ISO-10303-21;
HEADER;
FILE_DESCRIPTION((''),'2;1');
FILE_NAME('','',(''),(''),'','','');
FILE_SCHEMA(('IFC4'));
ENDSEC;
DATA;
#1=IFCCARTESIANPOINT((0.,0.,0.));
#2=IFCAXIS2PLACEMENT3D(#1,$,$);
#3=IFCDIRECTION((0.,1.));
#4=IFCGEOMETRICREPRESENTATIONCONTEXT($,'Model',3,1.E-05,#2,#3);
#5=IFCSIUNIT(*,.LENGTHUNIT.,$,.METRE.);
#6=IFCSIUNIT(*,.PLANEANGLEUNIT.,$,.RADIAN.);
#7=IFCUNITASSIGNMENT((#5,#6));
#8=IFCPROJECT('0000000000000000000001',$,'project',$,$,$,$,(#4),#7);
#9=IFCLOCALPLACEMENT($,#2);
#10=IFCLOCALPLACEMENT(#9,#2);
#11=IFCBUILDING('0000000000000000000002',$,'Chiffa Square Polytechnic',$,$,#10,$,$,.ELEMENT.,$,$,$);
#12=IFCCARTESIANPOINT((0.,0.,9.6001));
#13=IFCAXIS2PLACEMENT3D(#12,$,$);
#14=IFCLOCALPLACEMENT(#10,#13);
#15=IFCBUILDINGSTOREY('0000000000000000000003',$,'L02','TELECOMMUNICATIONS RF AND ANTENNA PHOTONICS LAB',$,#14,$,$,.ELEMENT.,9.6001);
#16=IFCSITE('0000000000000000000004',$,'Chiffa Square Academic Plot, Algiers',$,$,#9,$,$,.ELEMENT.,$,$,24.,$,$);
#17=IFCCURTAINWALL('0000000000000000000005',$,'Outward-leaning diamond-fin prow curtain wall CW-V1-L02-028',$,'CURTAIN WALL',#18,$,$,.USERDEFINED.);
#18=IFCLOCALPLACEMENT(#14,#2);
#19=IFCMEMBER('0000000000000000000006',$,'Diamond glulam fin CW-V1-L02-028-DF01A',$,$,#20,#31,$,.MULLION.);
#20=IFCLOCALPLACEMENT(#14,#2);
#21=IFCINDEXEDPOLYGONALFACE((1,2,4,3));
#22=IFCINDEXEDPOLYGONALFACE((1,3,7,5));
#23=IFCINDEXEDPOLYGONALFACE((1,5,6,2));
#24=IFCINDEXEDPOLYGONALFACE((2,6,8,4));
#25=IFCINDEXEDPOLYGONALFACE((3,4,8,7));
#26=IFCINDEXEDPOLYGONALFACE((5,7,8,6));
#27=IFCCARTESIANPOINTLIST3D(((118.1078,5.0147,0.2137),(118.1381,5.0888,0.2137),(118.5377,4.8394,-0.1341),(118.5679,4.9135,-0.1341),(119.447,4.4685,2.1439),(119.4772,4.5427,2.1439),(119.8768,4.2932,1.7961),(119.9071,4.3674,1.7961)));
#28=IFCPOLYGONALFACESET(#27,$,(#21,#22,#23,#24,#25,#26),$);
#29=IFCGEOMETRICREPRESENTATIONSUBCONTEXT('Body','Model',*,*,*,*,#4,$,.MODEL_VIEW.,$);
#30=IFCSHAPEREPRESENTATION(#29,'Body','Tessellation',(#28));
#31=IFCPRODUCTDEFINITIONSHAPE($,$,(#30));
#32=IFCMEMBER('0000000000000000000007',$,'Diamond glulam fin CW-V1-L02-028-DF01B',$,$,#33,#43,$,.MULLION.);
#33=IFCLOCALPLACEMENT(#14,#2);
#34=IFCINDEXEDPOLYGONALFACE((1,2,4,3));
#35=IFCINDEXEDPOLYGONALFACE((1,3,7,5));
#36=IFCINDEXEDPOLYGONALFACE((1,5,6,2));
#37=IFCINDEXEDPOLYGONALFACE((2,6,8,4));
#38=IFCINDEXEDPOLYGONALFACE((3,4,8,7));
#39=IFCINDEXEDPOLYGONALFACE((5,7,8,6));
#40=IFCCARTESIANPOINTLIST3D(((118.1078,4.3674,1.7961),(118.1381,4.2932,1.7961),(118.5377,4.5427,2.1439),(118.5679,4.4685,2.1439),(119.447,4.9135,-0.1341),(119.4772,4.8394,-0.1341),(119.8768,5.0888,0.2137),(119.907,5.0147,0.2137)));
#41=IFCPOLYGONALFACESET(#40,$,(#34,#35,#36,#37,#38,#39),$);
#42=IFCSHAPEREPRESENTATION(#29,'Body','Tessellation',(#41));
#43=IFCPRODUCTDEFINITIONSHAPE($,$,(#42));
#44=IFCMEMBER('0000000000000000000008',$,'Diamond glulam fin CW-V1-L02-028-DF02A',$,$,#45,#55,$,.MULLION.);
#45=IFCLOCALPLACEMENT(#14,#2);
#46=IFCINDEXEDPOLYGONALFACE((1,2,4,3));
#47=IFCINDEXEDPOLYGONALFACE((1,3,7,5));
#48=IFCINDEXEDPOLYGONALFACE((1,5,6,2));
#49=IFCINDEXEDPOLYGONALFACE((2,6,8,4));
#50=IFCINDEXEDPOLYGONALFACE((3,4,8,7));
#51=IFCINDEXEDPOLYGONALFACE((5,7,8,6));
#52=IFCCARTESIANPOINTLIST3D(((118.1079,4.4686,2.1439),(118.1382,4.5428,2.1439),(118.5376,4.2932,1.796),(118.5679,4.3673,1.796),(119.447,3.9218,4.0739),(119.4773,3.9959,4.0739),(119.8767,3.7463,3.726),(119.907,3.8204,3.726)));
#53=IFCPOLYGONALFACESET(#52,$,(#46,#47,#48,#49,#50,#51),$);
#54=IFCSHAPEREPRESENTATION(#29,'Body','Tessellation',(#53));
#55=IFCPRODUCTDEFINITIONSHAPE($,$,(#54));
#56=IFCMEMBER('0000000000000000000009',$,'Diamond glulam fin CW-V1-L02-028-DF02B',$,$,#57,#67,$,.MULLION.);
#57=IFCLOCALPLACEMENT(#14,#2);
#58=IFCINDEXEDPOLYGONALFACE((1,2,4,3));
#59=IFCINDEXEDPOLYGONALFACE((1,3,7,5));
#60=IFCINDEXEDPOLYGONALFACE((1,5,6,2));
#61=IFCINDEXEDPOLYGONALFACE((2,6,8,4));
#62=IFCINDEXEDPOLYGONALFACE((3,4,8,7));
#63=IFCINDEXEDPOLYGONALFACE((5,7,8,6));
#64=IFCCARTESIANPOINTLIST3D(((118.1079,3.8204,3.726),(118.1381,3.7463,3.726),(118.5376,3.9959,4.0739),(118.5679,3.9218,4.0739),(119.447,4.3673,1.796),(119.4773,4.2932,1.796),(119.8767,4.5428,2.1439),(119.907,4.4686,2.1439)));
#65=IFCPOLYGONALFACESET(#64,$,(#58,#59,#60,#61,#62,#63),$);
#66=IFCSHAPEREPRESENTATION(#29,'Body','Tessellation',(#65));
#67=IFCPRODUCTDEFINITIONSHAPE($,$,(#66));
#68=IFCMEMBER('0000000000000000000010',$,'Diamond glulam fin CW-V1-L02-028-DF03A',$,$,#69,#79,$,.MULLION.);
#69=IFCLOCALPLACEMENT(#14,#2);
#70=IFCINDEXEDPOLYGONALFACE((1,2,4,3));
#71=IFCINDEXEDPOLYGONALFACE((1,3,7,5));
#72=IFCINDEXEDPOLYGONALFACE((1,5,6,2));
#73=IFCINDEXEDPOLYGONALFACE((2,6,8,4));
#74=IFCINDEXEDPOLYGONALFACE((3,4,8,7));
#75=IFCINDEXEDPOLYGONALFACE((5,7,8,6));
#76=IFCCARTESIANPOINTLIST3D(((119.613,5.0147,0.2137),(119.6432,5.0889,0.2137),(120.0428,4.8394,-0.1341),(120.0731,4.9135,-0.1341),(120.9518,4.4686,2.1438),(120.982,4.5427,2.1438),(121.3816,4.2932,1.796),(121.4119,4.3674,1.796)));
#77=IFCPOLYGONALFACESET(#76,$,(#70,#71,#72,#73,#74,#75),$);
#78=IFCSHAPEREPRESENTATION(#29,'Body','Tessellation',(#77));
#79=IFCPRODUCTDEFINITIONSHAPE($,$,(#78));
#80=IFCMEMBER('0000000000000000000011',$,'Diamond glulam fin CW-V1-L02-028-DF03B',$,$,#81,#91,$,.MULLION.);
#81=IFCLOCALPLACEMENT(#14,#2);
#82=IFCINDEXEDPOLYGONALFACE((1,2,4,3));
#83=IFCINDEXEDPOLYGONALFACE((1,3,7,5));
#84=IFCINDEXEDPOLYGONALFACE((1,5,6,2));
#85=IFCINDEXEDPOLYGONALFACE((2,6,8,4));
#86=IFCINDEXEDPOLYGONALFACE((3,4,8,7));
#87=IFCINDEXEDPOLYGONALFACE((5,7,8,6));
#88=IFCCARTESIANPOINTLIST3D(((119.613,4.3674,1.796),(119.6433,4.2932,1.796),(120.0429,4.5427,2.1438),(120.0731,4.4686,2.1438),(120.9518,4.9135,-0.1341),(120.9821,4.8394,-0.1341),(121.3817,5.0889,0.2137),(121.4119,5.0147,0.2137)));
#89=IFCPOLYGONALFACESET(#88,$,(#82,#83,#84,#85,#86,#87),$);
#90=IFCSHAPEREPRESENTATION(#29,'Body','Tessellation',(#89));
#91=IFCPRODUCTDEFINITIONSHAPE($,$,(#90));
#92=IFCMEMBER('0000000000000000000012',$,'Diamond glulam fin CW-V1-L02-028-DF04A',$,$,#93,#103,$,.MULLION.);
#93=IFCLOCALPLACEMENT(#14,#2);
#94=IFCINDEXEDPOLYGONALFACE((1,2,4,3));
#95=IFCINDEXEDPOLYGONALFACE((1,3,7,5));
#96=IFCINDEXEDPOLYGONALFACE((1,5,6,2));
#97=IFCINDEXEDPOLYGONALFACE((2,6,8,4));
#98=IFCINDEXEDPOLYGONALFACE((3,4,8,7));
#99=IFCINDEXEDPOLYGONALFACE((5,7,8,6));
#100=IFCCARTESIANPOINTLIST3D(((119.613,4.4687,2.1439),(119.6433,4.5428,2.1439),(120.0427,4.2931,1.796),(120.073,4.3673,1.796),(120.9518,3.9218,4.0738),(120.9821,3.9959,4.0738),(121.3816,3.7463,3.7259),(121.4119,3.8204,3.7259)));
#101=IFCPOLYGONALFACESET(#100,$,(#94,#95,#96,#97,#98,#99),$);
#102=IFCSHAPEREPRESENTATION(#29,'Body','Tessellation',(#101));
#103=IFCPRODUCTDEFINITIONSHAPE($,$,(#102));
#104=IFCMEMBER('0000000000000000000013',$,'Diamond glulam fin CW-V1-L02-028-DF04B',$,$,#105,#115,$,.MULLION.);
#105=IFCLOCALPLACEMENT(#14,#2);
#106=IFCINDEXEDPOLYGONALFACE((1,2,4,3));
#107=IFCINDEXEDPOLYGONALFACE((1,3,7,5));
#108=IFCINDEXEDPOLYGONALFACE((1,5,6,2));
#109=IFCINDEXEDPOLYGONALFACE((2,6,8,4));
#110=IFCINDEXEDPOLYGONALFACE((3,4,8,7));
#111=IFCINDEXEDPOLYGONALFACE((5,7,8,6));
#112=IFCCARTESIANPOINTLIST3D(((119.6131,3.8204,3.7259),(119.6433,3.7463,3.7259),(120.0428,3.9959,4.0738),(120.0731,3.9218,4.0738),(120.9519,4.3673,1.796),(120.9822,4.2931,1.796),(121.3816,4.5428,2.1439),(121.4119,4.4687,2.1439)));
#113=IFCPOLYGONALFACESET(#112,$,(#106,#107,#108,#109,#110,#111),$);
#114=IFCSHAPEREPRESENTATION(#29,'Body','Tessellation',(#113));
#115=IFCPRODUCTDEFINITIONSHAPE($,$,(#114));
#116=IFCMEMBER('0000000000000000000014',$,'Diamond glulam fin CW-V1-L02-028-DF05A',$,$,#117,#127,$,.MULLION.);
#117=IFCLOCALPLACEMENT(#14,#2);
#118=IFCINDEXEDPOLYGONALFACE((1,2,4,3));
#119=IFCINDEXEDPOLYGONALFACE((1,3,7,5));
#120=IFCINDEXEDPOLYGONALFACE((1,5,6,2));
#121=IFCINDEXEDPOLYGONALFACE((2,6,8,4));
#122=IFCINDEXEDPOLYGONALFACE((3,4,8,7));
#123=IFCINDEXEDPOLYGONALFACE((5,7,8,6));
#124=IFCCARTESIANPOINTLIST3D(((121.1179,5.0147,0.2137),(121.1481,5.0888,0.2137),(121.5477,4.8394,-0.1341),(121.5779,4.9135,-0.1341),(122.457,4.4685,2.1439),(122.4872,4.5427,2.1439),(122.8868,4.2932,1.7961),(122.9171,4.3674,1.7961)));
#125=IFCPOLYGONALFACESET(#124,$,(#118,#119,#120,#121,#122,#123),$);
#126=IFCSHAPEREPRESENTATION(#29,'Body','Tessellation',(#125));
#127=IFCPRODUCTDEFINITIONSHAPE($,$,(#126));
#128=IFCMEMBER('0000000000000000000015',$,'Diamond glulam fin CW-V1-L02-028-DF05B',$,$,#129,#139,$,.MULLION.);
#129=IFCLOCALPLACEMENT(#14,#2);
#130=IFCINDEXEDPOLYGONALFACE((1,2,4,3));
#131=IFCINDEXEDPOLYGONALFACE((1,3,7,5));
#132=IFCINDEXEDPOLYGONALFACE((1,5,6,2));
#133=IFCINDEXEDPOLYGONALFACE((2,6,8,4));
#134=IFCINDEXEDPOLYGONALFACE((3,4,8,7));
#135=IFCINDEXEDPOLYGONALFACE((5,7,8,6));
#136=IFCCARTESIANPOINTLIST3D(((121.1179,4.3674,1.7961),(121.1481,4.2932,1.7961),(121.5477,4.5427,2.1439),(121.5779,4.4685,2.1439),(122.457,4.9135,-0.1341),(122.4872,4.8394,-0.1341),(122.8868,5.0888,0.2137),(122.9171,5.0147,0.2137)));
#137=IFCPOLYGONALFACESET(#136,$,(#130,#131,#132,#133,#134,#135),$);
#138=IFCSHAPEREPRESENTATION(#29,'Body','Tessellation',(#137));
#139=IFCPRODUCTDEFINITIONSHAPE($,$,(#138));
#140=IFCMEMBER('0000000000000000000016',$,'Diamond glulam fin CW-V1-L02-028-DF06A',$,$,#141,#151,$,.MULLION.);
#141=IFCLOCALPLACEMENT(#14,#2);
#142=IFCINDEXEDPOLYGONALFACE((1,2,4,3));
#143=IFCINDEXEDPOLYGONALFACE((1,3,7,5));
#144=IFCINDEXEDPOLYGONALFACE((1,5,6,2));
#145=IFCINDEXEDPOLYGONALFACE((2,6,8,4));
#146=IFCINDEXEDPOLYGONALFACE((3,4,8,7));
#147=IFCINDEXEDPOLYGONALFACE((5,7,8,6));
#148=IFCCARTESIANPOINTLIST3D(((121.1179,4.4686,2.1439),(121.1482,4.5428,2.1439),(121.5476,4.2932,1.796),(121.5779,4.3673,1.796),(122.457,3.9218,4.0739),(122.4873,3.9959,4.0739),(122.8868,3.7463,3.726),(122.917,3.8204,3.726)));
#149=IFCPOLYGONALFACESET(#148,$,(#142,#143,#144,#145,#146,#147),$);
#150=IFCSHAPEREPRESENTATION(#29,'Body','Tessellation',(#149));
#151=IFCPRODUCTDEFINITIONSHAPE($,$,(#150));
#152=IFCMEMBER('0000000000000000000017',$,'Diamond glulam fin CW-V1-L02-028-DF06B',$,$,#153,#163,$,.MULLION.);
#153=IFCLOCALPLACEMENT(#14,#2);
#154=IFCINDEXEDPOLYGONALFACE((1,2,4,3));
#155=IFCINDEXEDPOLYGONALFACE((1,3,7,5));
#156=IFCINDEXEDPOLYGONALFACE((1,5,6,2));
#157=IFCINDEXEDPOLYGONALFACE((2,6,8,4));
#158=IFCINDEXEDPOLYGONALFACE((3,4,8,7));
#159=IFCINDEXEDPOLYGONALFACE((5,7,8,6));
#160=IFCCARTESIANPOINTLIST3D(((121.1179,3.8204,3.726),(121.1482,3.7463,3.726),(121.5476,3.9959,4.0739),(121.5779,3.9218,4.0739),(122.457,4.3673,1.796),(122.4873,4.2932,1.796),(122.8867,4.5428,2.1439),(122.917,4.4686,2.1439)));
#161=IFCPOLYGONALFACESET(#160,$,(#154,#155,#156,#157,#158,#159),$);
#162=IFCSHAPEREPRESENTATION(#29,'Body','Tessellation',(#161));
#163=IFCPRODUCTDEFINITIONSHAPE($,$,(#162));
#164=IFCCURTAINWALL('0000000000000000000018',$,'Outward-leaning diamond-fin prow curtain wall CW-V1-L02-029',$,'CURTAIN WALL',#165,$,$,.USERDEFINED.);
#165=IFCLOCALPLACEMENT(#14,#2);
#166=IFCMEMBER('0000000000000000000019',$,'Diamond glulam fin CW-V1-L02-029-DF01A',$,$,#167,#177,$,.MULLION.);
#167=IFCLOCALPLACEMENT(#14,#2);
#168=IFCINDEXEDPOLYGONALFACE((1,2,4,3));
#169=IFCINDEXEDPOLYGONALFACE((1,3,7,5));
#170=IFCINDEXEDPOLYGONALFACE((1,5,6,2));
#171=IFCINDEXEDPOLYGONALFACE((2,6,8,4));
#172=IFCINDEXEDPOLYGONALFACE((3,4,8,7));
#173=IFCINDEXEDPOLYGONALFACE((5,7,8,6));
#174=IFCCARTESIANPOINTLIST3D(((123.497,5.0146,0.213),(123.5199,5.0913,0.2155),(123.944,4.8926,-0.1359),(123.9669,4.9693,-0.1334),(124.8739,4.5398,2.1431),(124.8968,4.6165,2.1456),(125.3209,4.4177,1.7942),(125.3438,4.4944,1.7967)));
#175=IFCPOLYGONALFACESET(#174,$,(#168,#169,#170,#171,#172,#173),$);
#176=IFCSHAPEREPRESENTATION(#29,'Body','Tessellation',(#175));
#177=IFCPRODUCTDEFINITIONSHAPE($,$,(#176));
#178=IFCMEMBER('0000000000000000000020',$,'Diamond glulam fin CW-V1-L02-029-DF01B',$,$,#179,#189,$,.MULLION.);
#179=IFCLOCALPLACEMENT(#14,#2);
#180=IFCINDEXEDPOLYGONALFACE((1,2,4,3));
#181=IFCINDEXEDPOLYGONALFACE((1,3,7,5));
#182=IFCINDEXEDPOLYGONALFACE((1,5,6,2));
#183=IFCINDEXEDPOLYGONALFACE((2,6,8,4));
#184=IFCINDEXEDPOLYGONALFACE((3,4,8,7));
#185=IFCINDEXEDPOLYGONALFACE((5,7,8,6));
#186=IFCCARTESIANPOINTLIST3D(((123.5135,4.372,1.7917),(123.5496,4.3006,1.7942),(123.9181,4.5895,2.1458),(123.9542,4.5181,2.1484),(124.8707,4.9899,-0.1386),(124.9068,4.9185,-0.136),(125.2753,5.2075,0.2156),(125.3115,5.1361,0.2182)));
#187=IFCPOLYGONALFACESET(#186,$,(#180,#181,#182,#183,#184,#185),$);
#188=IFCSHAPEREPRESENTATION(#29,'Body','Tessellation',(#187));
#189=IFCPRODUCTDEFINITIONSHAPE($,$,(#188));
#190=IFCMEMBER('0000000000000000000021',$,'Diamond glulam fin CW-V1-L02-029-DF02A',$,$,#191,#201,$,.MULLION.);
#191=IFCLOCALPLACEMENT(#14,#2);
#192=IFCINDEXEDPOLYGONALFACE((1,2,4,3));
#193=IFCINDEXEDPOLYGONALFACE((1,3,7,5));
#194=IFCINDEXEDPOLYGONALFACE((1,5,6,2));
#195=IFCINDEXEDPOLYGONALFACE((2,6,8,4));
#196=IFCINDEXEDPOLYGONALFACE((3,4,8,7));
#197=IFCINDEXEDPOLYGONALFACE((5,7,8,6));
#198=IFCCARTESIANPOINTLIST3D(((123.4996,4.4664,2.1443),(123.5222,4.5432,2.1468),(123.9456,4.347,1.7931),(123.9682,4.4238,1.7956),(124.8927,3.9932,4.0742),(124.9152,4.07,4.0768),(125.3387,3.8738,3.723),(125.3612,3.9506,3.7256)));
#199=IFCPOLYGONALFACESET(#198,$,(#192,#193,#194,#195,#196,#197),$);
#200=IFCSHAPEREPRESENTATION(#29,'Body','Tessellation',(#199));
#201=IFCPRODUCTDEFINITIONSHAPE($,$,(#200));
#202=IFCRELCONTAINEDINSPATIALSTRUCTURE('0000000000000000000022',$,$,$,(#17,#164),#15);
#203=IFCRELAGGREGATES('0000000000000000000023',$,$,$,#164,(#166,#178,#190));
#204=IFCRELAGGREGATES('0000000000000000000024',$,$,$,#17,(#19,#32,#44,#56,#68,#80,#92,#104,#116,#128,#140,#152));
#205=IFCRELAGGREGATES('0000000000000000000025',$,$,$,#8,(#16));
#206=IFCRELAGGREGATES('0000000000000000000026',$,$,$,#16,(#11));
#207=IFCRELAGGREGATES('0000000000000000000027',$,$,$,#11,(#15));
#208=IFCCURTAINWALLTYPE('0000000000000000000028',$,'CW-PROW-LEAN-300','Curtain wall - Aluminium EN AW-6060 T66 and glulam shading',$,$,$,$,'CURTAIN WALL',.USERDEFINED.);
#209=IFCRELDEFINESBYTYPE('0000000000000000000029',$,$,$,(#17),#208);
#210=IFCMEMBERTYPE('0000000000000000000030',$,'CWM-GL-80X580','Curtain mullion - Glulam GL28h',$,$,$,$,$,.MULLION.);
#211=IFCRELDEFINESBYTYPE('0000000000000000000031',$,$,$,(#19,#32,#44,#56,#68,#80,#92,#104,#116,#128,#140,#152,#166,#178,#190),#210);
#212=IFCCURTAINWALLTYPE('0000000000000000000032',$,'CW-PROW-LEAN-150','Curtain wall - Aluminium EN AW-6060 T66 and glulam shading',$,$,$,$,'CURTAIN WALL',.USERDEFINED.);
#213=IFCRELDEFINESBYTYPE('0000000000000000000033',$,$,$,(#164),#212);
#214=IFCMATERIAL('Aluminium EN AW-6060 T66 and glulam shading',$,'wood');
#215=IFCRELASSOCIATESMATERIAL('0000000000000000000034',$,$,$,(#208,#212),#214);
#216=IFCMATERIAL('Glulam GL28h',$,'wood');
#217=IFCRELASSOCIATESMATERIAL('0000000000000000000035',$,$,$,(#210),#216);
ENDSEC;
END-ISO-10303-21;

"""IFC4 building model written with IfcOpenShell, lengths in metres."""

from ifc_helpers import new_model, si_unit, direction, frame, origin, origin_2d, place, context, subcontext, project, spatial, rectangle, extrude, material, material_profile, profile_set, type_object, element, aggregate, save


model = new_model("IFC4")

# Units and contexts
model_context = context("Model", 3, precision=1e-05, world=origin(), true_north=direction((0.0, 1.0)))
body_context = subcontext(model_context, "Body", "Model", "MODEL_VIEW")
ifc_project = project(units=[si_unit("LENGTHUNIT", "METRE"), si_unit("PLANEANGLEUNIT", "RADIAN")], contexts=[model_context])

# Site, building, storey
site_placement = place(None, origin())
site = spatial("IfcSite", under=ifc_project, at=site_placement, Name="Chiffa Square Academic Plot, Algiers", CompositionType="ELEMENT", RefElevation=24.0)
building_placement = place(site_placement, origin())
building = spatial("IfcBuilding", under=site, at=building_placement, Name="Chiffa Square Polytechnic", CompositionType="ELEMENT")
storey_placement = place(building_placement, frame((0.0, 0.0, 9.6001)))
storey = spatial("IfcBuildingStorey", under=building, at=storey_placement, Name="L02", Description="TELECOMMUNICATIONS RF AND ANTENNA PHOTONICS LAB", CompositionType="ELEMENT", Elevation=9.6001)

# Curtain wall, members
ifc_material_1 = material(Name="Aluminium EN AW-6060 T66 and glulam shading", Category="wood")
curtain_wall_type_1 = type_object("IfcCurtainWallType", Name="CW-PROW-LEAN-300", Description="Curtain wall - Aluminium EN AW-6060 T66 and glulam shading", ElementType="CURTAIN WALL", PredefinedType="USERDEFINED", material=ifc_material_1)
curtain_wall_1_placement = place(storey_placement, origin())
curtain_wall_1 = element("IfcCurtainWall", 1, at=curtain_wall_1_placement, inside=storey, type_object=curtain_wall_type_1, Name="Outward-leaning diamond-fin prow curtain wall CW-V1-L02-028", ObjectType="CURTAIN WALL", PredefinedType="USERDEFINED")
ifc_material_2 = material(Name="Glulam GL28h", Category="wood")
ifc_material_profile_1 = material_profile(ifc_material_2, rectangle(XDim=0.0801, YDim=0.5801, at=origin_2d()), Name="GL28h 80x580")
ifc_profile_set_1 = profile_set([ifc_material_profile_1], Name="Glulam GL28h")
member_type_1 = type_object("IfcMemberType", Name="CWM-GL-80X580", Description="Curtain mullion - Glulam GL28h", PredefinedType="MULLION", material=ifc_profile_set_1)
member_1_placement = place(storey_placement, frame((118.3379, 4.9641, 0.0398), z_axis=(0.555219, -0.22644, 0.800285), x_axis=(0.37764, 0.925952, 0.0)))
member_1 = element("IfcMember", 2, at=member_1_placement, type_object=member_type_1, Name="Diamond glulam fin CW-V1-L02-028-DF01A", PredefinedType="MULLION", context=body_context, shape_type="SweptSolid", body=[
    extrude(rectangle(XDim=0.0801, YDim=0.5801, at=origin_2d()), origin(), (0.0, 0.0, 1.0), 2.4119),
])
member_2_placement = place(storey_placement, frame((119.677, 4.9641, 0.0398), z_axis=(-0.555219, -0.22644, 0.800285), x_axis=(0.37764, -0.925952, 0.0)))
member_2 = element("IfcMember", 3, at=member_2_placement, type_object=member_type_1, Name="Diamond glulam fin CW-V1-L02-028-DF01B", PredefinedType="MULLION", context=body_context, shape_type="SweptSolid", body=[
    extrude(rectangle(XDim=0.0801, YDim=0.5801, at=origin_2d()), origin(), (0.0, 0.0, 1.0), 2.4119),
])
member_3_placement = place(storey_placement, frame((118.3379, 4.418, 1.97), z_axis=(0.555226, -0.226747, 0.800194), x_axis=(0.378074, 0.925775, 0.0)))
member_3 = element("IfcMember", 4, at=member_3_placement, type_object=member_type_1, Name="Diamond glulam fin CW-V1-L02-028-DF02A", PredefinedType="MULLION", context=body_context, shape_type="SweptSolid", body=[
    extrude(rectangle(XDim=0.0801, YDim=0.5801, at=origin_2d()), origin(), (0.0, 0.0, 1.0), 2.4119),
])
member_4_placement = place(storey_placement, frame((119.677, 4.418, 1.97), z_axis=(-0.555226, -0.226747, 0.800194), x_axis=(0.378074, -0.925775, 0.0)))
member_4 = element("IfcMember", 5, at=member_4_placement, type_object=member_type_1, Name="Diamond glulam fin CW-V1-L02-028-DF02B", PredefinedType="MULLION", context=body_context, shape_type="SweptSolid", body=[
    extrude(rectangle(XDim=0.0801, YDim=0.5801, at=origin_2d()), origin(), (0.0, 0.0, 1.0), 2.4119),
])
member_5_placement = place(storey_placement, frame((119.843, 4.9641, 0.0398), z_axis=(0.555149, -0.226453, 0.80033), x_axis=(0.377699, 0.925928, 0.0)))
member_5 = element("IfcMember", 6, at=member_5_placement, type_object=member_type_1, Name="Diamond glulam fin CW-V1-L02-028-DF03A", PredefinedType="MULLION", context=body_context, shape_type="SweptSolid", body=[
    extrude(rectangle(XDim=0.0801, YDim=0.5801, at=origin_2d()), origin(), (0.0, 0.0, 1.0), 2.4116),
])
member_6_placement = place(storey_placement, frame((121.1819, 4.9641, 0.0398), z_axis=(-0.555149, -0.226453, 0.80033), x_axis=(0.377699, -0.925928, 0.0)))
member_6 = element("IfcMember", 7, at=member_6_placement, type_object=member_type_1, Name="Diamond glulam fin CW-V1-L02-028-DF03B", PredefinedType="MULLION", context=body_context, shape_type="SweptSolid", body=[
    extrude(rectangle(XDim=0.0801, YDim=0.5801, at=origin_2d()), origin(), (0.0, 0.0, 1.0), 2.4116),
])
member_7_placement = place(storey_placement, frame((119.843, 4.418, 1.97), z_axis=(0.555156, -0.22676, 0.800239), x_axis=(0.378133, 0.925751, 0.0)))
member_7 = element("IfcMember", 8, at=member_7_placement, type_object=member_type_1, Name="Diamond glulam fin CW-V1-L02-028-DF04A", PredefinedType="MULLION", context=body_context, shape_type="SweptSolid", body=[
    extrude(rectangle(XDim=0.0801, YDim=0.5801, at=origin_2d()), origin(), (0.0, 0.0, 1.0), 2.4116),
])
member_8_placement = place(storey_placement, frame((121.1819, 4.418, 1.97), z_axis=(-0.555156, -0.22676, 0.800239), x_axis=(0.378133, -0.925751, 0.0)))
member_8 = element("IfcMember", 9, at=member_8_placement, type_object=member_type_1, Name="Diamond glulam fin CW-V1-L02-028-DF04B", PredefinedType="MULLION", context=body_context, shape_type="SweptSolid", body=[
    extrude(rectangle(XDim=0.0801, YDim=0.5801, at=origin_2d()), origin(), (0.0, 0.0, 1.0), 2.4116),
])
member_9_placement = place(storey_placement, frame((121.3479, 4.9641, 0.0398), z_axis=(0.555219, -0.22644, 0.800285), x_axis=(0.37764, 0.925952, 0.0)))
member_9 = element("IfcMember", 10, at=member_9_placement, type_object=member_type_1, Name="Diamond glulam fin CW-V1-L02-028-DF05A", PredefinedType="MULLION", context=body_context, shape_type="SweptSolid", body=[
    extrude(rectangle(XDim=0.0801, YDim=0.5801, at=origin_2d()), origin(), (0.0, 0.0, 1.0), 2.4119),
])
member_10_placement = place(storey_placement, frame((122.687, 4.9641, 0.0398), z_axis=(-0.555219, -0.22644, 0.800285), x_axis=(0.37764, -0.925952, 0.0)))
member_10 = element("IfcMember", 11, at=member_10_placement, type_object=member_type_1, Name="Diamond glulam fin CW-V1-L02-028-DF05B", PredefinedType="MULLION", context=body_context, shape_type="SweptSolid", body=[
    extrude(rectangle(XDim=0.0801, YDim=0.5801, at=origin_2d()), origin(), (0.0, 0.0, 1.0), 2.4119),
])
member_11_placement = place(storey_placement, frame((121.3479, 4.418, 1.97), z_axis=(0.555226, -0.226747, 0.800194), x_axis=(0.378074, 0.925775, 0.0)))
member_11 = element("IfcMember", 12, at=member_11_placement, type_object=member_type_1, Name="Diamond glulam fin CW-V1-L02-028-DF06A", PredefinedType="MULLION", context=body_context, shape_type="SweptSolid", body=[
    extrude(rectangle(XDim=0.0801, YDim=0.5801, at=origin_2d()), origin(), (0.0, 0.0, 1.0), 2.4119),
])
member_12_placement = place(storey_placement, frame((122.687, 4.418, 1.97), z_axis=(-0.555226, -0.226747, 0.800194), x_axis=(0.378074, -0.925775, 0.0)))
member_12 = element("IfcMember", 13, at=member_12_placement, type_object=member_type_1, Name="Diamond glulam fin CW-V1-L02-028-DF06B", PredefinedType="MULLION", context=body_context, shape_type="SweptSolid", body=[
    extrude(rectangle(XDim=0.0801, YDim=0.5801, at=origin_2d()), origin(), (0.0, 0.0, 1.0), 2.4119),
])

# Curtain wall, members
curtain_wall_type_2 = type_object("IfcCurtainWallType", Name="CW-PROW-LEAN-150", Description="Curtain wall - Aluminium EN AW-6060 T66 and glulam shading", ElementType="CURTAIN WALL", PredefinedType="USERDEFINED", material=ifc_material_1)
curtain_wall_2_placement = place(storey_placement, origin())
curtain_wall_2 = element("IfcCurtainWall", 14, at=curtain_wall_2_placement, inside=storey, type_object=curtain_wall_type_2, Name="Outward-leaning diamond-fin prow curtain wall CW-V1-L02-029", ObjectType="CURTAIN WALL", PredefinedType="USERDEFINED")
member_13_placement = place(storey_placement, frame((123.7319, 4.9919, 0.0398), z_axis=(0.569443, -0.196377, 0.79823), x_axis=(0.286076, 0.957688, 0.031525)))
member_13 = element("IfcMember", 15, at=member_13_placement, type_object=member_type_1, Name="Diamond glulam fin CW-V1-L02-029-DF01A", PredefinedType="MULLION", context=body_context, shape_type="SweptSolid", body=[
    extrude(rectangle(XDim=0.0801, YDim=0.5801, at=origin_2d()), origin(), (0.0, 0.0, 1.0), 2.418),
])
member_14_placement = place(storey_placement, frame((125.0911, 5.063, 0.0398), z_axis=(-0.55642, -0.253337, 0.791339), x_axis=(0.451495, -0.8917, 0.031997)))
member_14 = element("IfcMember", 16, at=member_14_placement, type_object=member_type_1, Name="Diamond glulam fin CW-V1-L02-029-DF01B", PredefinedType="MULLION", context=body_context, shape_type="SweptSolid", body=[
    extrude(rectangle(XDim=0.0801, YDim=0.5801, at=origin_2d()), origin(), (0.0, 0.0, 1.0), 2.4392),
])
member_15_placement = place(storey_placement, frame((123.7339, 4.4451, 1.97), z_axis=(0.574045, -0.19497, 0.795273), x_axis=(0.281748, 0.958964, 0.031729)))
member_15 = element("IfcMember", 17, at=member_15_placement, type_object=member_type_1, Name="Diamond glulam fin CW-V1-L02-029-DF02A", PredefinedType="MULLION", context=body_context, shape_type="SweptSolid", body=[
    extrude(rectangle(XDim=0.0801, YDim=0.5801, at=origin_2d()), origin(), (0.0, 0.0, 1.0), 2.4268),
])
aggregate(curtain_wall_2, [member_13, member_14, member_15])

aggregate(curtain_wall_1, [member_1, member_2, member_3, member_4, member_5, member_6, member_7, member_8, member_9, member_10, member_11, member_12])

save(model, "model.ifc")
